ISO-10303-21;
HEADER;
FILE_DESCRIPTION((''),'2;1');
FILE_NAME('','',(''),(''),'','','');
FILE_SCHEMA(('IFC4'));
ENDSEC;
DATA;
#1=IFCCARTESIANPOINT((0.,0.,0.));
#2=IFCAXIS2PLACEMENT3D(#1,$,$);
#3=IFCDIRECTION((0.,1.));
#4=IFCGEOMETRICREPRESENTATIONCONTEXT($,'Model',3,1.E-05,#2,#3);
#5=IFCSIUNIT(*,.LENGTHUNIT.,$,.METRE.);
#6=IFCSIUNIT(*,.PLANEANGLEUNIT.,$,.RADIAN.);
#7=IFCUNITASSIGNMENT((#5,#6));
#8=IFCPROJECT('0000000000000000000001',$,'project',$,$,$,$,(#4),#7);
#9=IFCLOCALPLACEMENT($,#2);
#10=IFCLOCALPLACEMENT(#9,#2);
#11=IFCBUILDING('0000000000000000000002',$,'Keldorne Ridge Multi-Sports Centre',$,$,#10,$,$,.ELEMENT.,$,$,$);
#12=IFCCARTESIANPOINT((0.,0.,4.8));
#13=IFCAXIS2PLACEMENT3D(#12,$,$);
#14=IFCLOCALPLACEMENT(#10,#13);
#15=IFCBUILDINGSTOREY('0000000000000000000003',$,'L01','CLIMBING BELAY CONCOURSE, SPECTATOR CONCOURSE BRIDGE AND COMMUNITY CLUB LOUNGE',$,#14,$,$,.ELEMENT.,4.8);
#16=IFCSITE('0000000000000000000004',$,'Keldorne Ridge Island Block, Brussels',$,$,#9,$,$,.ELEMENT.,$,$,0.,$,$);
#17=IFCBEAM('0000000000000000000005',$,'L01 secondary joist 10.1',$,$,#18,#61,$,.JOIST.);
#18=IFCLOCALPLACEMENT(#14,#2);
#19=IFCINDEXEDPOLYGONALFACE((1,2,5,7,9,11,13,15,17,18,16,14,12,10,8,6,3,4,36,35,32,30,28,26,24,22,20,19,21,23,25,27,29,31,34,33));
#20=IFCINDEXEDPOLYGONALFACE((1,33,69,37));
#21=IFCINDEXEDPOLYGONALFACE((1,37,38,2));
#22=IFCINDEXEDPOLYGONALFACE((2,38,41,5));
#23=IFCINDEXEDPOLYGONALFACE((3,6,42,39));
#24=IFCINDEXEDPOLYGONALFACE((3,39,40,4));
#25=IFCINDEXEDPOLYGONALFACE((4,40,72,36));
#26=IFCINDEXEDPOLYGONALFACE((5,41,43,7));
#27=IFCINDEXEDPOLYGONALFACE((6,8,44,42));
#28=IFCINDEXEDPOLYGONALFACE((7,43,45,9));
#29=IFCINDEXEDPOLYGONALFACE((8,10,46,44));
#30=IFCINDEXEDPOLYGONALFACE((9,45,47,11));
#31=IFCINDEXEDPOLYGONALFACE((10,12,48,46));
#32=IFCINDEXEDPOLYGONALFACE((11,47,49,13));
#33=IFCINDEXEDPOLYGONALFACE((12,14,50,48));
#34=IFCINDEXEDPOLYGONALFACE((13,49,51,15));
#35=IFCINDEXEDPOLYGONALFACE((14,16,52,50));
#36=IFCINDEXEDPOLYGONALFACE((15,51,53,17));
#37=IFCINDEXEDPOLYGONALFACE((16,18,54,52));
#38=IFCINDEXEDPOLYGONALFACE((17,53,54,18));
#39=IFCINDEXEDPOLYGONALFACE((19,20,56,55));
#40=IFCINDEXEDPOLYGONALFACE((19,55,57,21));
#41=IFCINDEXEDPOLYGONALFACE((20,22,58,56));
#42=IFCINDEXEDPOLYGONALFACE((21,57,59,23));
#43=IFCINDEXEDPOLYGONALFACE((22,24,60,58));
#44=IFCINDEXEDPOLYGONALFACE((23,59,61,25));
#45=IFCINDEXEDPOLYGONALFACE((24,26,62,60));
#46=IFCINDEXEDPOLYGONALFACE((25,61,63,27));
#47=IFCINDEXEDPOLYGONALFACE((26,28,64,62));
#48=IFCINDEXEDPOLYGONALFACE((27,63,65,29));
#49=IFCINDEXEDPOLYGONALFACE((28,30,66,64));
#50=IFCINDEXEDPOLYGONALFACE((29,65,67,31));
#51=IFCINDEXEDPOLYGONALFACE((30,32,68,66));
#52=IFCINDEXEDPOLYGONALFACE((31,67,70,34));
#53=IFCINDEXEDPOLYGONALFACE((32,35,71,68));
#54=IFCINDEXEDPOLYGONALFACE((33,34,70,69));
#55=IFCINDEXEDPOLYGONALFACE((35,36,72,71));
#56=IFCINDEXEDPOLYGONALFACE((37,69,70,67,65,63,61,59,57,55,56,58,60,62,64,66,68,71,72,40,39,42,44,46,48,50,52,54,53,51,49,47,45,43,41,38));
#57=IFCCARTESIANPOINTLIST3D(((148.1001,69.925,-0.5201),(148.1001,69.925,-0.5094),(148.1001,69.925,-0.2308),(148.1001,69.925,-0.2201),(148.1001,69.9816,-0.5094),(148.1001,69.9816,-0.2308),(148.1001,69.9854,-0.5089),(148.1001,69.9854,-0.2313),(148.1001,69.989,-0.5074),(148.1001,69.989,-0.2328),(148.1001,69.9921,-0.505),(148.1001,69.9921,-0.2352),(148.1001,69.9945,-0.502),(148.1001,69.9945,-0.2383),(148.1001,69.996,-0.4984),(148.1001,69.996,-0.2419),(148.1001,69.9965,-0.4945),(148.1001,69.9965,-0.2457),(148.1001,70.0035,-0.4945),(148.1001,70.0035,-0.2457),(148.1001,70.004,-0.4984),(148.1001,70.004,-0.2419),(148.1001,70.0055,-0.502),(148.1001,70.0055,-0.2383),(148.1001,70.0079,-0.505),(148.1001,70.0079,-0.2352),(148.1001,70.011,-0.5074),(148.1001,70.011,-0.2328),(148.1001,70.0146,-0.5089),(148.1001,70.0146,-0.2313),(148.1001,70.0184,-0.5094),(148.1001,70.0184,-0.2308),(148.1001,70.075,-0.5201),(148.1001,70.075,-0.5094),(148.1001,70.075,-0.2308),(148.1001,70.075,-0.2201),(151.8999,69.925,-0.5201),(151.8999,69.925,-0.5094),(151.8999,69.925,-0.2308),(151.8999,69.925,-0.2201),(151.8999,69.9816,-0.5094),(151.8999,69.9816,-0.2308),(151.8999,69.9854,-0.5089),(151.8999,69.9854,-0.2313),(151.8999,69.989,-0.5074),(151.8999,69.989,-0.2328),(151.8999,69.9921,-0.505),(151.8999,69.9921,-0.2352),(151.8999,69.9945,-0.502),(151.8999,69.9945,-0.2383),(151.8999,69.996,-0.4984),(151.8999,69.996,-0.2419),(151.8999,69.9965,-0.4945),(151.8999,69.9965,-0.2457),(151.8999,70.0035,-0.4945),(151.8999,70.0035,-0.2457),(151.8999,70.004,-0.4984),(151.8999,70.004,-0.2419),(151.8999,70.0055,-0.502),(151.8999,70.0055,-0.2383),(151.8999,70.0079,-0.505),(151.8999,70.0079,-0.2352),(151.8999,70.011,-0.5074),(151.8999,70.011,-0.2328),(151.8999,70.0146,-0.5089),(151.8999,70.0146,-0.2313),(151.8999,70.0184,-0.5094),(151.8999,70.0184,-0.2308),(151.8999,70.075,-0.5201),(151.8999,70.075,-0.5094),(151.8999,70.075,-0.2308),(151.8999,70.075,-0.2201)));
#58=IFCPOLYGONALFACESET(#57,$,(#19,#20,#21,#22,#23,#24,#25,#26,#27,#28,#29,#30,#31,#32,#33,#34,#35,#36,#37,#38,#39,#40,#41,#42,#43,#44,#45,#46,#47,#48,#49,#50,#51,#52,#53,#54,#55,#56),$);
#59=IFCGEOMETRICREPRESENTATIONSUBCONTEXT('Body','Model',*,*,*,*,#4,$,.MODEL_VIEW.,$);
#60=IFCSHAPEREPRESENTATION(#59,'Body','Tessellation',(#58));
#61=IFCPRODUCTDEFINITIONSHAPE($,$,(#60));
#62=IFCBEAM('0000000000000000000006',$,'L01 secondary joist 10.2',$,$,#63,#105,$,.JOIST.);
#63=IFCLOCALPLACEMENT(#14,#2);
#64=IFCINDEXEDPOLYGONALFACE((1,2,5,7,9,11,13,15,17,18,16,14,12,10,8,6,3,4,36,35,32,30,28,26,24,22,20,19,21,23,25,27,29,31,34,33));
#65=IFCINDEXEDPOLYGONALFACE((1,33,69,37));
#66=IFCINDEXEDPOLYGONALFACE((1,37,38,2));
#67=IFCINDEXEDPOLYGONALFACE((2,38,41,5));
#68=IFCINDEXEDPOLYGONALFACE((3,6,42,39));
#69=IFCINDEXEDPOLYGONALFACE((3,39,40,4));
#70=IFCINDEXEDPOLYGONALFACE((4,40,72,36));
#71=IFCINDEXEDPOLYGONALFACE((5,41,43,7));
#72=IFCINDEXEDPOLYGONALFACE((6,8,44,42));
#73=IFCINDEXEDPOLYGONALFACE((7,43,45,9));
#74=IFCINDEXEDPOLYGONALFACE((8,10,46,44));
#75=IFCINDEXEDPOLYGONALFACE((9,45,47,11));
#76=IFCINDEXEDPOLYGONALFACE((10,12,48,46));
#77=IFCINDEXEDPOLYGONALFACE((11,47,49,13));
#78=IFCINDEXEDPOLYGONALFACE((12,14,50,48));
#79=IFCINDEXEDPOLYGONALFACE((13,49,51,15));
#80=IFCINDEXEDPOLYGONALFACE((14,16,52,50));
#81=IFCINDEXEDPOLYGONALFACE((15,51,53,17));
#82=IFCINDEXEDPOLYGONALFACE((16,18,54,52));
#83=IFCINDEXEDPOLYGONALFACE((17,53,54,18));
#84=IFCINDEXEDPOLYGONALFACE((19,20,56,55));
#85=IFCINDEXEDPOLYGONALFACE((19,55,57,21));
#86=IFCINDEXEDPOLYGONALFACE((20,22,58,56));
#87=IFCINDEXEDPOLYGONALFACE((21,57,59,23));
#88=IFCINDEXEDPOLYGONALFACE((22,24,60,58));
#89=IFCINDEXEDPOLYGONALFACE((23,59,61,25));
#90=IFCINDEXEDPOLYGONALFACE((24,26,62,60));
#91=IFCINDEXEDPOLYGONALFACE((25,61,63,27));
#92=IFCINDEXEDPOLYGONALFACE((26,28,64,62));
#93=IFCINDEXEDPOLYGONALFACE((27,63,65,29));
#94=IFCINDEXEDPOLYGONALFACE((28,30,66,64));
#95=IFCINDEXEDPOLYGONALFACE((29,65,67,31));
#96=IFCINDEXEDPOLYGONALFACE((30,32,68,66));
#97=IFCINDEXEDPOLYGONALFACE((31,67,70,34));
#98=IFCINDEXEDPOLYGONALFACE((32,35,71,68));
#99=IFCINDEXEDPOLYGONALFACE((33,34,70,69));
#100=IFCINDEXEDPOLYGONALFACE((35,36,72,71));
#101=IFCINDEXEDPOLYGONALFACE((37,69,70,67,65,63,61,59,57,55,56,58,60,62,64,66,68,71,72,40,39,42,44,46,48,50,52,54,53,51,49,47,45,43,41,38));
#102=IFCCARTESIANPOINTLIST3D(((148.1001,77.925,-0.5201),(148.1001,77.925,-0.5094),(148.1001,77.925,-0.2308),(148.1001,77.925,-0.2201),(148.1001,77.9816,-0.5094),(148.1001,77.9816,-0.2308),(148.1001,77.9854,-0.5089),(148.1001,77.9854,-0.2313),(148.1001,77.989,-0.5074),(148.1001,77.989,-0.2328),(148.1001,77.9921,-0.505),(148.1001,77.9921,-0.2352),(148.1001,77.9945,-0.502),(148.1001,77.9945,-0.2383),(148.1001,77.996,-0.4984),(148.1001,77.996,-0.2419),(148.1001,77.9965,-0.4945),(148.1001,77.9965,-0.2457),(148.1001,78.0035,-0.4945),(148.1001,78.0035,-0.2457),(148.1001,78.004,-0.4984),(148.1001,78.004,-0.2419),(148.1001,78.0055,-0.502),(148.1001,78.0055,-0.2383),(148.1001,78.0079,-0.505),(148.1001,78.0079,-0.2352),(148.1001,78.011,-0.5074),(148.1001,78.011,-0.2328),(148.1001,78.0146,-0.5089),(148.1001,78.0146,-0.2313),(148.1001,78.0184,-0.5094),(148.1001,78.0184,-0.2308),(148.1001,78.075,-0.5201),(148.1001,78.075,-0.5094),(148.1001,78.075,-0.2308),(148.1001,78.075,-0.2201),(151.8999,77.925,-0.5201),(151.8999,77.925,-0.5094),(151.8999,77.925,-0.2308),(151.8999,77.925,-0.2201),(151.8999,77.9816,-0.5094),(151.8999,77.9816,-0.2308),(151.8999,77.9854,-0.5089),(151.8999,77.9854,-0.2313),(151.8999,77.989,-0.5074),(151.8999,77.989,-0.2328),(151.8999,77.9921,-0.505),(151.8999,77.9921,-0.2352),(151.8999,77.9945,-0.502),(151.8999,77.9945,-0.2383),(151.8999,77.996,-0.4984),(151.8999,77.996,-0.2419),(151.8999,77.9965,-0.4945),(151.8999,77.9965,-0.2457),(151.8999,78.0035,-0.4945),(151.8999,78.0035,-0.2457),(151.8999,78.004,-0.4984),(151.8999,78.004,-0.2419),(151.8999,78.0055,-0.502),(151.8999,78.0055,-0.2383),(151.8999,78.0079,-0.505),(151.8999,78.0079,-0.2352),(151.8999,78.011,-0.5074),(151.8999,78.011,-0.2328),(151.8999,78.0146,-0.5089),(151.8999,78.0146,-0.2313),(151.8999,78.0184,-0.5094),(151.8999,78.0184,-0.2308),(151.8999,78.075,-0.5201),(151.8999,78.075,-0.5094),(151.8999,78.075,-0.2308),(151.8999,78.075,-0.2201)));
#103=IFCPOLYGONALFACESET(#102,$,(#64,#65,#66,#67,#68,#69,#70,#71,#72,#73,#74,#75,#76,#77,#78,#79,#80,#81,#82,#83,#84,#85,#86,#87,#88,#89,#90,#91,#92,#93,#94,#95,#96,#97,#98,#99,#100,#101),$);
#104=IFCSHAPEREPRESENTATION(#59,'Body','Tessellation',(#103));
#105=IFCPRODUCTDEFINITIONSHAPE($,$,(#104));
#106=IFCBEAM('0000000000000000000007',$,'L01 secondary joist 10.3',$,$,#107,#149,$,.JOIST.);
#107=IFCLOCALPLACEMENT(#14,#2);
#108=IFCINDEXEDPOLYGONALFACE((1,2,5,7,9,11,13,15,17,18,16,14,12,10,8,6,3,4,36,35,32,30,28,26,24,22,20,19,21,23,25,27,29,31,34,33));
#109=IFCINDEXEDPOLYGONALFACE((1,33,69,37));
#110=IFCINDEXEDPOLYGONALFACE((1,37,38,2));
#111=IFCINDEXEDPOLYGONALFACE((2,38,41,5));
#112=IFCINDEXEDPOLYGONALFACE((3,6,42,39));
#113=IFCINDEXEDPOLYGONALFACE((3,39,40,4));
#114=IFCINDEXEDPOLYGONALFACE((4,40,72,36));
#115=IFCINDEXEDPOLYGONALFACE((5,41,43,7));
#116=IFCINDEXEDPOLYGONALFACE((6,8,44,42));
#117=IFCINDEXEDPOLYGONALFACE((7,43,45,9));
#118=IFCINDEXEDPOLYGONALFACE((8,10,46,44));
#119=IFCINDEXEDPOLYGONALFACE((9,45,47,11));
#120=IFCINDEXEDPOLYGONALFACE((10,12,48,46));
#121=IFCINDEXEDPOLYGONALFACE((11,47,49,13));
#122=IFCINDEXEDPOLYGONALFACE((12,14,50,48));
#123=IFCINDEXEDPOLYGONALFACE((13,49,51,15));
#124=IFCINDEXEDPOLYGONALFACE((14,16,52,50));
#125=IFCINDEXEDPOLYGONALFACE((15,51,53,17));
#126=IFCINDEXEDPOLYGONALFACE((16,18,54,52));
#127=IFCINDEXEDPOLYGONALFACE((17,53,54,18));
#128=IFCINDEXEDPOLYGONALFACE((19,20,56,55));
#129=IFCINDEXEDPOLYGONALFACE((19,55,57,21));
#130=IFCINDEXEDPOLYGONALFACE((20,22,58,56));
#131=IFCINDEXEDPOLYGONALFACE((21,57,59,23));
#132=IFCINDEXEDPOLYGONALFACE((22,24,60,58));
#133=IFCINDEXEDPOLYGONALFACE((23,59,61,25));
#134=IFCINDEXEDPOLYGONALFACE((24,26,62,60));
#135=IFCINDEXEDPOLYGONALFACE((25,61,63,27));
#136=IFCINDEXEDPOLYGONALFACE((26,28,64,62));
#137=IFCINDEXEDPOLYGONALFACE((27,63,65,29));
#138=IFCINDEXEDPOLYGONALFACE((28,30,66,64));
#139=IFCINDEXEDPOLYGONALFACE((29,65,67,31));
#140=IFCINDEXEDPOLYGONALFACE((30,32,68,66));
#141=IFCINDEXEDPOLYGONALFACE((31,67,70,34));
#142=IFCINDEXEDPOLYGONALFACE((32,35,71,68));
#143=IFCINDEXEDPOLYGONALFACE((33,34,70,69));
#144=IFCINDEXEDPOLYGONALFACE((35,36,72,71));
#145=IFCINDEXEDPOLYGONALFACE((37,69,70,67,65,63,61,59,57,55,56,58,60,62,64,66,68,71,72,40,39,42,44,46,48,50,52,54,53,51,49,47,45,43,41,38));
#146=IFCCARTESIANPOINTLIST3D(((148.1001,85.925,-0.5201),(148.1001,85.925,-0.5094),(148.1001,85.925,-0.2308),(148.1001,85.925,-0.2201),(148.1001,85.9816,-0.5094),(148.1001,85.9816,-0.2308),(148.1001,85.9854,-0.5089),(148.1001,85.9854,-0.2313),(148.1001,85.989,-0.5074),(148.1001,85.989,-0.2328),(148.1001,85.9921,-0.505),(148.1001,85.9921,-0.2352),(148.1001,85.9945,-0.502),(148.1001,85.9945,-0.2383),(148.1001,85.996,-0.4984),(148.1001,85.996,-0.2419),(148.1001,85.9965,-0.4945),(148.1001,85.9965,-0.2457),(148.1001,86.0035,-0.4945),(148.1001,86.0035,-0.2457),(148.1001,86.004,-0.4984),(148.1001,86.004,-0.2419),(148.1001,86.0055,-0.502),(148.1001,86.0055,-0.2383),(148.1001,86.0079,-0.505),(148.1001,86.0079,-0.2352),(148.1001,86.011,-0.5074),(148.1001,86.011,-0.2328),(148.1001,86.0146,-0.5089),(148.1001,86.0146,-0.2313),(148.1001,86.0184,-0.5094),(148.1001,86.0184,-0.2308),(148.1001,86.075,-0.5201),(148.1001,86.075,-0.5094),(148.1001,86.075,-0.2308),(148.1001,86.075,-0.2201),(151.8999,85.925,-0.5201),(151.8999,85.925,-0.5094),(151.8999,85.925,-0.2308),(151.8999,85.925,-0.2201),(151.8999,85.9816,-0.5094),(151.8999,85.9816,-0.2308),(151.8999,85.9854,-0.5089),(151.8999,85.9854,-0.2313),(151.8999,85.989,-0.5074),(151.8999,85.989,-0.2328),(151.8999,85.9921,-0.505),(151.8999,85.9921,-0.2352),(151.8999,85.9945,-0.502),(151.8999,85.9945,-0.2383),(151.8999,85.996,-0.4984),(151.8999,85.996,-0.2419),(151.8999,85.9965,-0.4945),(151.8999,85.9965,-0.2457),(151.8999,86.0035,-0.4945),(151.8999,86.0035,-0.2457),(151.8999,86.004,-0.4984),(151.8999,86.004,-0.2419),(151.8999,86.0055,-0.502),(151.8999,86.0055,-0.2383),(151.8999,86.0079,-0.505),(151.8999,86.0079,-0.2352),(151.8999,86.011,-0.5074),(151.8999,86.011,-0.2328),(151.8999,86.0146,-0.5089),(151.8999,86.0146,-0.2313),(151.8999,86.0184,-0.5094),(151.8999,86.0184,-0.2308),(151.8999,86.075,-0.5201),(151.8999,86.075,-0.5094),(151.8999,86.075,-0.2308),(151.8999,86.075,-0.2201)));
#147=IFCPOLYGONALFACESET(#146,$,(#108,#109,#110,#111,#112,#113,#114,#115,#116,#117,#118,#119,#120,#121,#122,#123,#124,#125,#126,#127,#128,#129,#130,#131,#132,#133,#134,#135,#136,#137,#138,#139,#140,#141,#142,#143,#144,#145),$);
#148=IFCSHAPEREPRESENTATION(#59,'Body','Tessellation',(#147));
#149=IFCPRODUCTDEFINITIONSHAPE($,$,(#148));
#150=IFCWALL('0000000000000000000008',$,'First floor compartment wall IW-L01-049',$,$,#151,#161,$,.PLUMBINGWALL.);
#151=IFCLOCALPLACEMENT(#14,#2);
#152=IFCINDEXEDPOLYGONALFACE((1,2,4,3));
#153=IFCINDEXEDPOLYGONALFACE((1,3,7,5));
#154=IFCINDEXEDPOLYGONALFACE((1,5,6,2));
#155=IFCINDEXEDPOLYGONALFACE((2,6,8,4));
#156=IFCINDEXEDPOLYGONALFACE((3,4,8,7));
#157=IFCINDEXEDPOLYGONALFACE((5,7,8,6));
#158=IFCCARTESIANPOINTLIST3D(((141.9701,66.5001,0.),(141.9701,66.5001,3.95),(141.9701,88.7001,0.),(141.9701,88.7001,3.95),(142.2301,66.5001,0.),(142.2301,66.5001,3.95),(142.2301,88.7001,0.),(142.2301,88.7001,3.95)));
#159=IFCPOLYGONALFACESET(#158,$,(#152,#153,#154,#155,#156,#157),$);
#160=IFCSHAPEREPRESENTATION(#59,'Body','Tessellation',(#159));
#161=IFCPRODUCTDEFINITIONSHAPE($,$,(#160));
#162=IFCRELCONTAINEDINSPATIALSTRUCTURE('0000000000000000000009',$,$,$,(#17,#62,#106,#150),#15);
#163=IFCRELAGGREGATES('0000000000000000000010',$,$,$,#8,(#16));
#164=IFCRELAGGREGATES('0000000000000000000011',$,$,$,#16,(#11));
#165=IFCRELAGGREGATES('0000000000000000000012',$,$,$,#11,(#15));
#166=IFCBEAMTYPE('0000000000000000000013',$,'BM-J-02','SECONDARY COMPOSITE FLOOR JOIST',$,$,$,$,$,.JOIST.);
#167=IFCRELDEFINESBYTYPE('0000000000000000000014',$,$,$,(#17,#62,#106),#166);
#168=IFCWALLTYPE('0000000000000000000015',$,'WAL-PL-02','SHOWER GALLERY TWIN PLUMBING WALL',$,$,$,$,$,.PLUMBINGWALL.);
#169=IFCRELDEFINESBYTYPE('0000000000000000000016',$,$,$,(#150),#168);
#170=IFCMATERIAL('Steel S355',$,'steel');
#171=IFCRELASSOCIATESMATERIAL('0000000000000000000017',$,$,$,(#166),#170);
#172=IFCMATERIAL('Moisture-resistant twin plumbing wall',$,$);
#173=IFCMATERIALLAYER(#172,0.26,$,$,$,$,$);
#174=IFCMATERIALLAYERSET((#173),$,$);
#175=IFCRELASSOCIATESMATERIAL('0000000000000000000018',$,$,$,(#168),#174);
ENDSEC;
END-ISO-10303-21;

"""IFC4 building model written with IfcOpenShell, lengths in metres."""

from ifc_helpers import new_model, si_unit, direction, frame, frame_2d, origin, origin_2d, place, context, subcontext, project, spatial, rectangle, i_section, extrude, material, layer, layer_set, material_profile, profile_set, type_object, element, save


model = new_model("IFC4")

# Units and contexts
model_context = context("Model", 3, precision=1e-05, world=origin(), true_north=direction((0.0, 1.0)))
body_context = subcontext(model_context, "Body", "Model", "MODEL_VIEW")
ifc_project = project(units=[si_unit("LENGTHUNIT", "METRE"), si_unit("PLANEANGLEUNIT", "RADIAN")], contexts=[model_context])

# Site, building, storey
site_placement = place(None, origin())
site = spatial("IfcSite", under=ifc_project, at=site_placement, Name="Keldorne Ridge Island Block, Brussels", CompositionType="ELEMENT", RefElevation=0.0)
building_placement = place(site_placement, origin())
building = spatial("IfcBuilding", under=site, at=building_placement, Name="Keldorne Ridge Multi-Sports Centre", CompositionType="ELEMENT")
storey_placement = place(building_placement, frame((0.0, 0.0, 4.8)))
storey = spatial("IfcBuildingStorey", under=building, at=storey_placement, Name="L01", Description="CLIMBING BELAY CONCOURSE, SPECTATOR CONCOURSE BRIDGE AND COMMUNITY CLUB LOUNGE", CompositionType="ELEMENT", Elevation=4.8)

# Shared definitions
ifc_material_1 = material(Name="Steel S355", Category="steel")

# Beams
ifc_material_profile_1 = material_profile(ifc_material_1, i_section(OverallWidth=0.1499, OverallDepth=0.3, WebThickness=0.0071, FlangeThickness=0.0107, FilletRadius=0.0149, at=origin_2d()), Name="IPE 300")
ifc_profile_set_1 = profile_set([ifc_material_profile_1], Name="Steel S355")
beam_type_1 = type_object("IfcBeamType", Name="BM-J-02", Description="SECONDARY COMPOSITE FLOOR JOIST", PredefinedType="JOIST", material=ifc_profile_set_1)
for number, where, z_axis, x_axis, name in (
    (1, (148.1001, 70.0, -0.3701), (1.0, 0.0, 0.0), (0.0, 1.0, 0.0), "L01 secondary joist 10.1"),
    (2, (148.1001, 78.0, -0.3701), (1.0, 0.0, 0.0), (0.0, 1.0, 0.0), "L01 secondary joist 10.2"),
    (3, (148.1001, 86.0, -0.3701), (1.0, 0.0, 0.0), (0.0, 1.0, 0.0), "L01 secondary joist 10.3"),
):
    element("IfcBeam", number, at=place(storey_placement, frame(where, z_axis=z_axis, x_axis=x_axis)), inside=storey, type_object=beam_type_1, Name=name, PredefinedType="JOIST", context=body_context, shape_type="SweptSolid", body=[
        extrude(i_section(OverallWidth=0.1499, OverallDepth=0.3, WebThickness=0.0071, FlangeThickness=0.0107, FilletRadius=0.0149, at=origin_2d()), origin(), (0.0, 0.0, 1.0), 3.7998),
    ])

# Wall
ifc_material_2 = material(Name="Moisture-resistant twin plumbing wall")
ifc_layer = layer(ifc_material_2, 0.26)
ifc_layer_set = layer_set([ifc_layer])
wall_type = type_object("IfcWallType", Name="WAL-PL-02", Description="SHOWER GALLERY TWIN PLUMBING WALL", PredefinedType="PLUMBINGWALL", material=ifc_layer_set)
wall_placement = place(storey_placement, frame((142.1001, 66.5, 0.0), z_axis=(0.0, 0.0, 1.0), x_axis=(0.0, 1.0, 0.0)))
element("IfcWall", 4, at=wall_placement, inside=storey, type_object=wall_type, Name="First floor compartment wall IW-L01-049", PredefinedType="PLUMBINGWALL", context=body_context, shape_type="SweptSolid", body=[
    extrude(rectangle(XDim=22.2, YDim=0.26, at=frame_2d((11.1001, 0.0))), origin(), (0.0, 0.0, 1.0), 3.95),
])

save(model, "model.ifc")
